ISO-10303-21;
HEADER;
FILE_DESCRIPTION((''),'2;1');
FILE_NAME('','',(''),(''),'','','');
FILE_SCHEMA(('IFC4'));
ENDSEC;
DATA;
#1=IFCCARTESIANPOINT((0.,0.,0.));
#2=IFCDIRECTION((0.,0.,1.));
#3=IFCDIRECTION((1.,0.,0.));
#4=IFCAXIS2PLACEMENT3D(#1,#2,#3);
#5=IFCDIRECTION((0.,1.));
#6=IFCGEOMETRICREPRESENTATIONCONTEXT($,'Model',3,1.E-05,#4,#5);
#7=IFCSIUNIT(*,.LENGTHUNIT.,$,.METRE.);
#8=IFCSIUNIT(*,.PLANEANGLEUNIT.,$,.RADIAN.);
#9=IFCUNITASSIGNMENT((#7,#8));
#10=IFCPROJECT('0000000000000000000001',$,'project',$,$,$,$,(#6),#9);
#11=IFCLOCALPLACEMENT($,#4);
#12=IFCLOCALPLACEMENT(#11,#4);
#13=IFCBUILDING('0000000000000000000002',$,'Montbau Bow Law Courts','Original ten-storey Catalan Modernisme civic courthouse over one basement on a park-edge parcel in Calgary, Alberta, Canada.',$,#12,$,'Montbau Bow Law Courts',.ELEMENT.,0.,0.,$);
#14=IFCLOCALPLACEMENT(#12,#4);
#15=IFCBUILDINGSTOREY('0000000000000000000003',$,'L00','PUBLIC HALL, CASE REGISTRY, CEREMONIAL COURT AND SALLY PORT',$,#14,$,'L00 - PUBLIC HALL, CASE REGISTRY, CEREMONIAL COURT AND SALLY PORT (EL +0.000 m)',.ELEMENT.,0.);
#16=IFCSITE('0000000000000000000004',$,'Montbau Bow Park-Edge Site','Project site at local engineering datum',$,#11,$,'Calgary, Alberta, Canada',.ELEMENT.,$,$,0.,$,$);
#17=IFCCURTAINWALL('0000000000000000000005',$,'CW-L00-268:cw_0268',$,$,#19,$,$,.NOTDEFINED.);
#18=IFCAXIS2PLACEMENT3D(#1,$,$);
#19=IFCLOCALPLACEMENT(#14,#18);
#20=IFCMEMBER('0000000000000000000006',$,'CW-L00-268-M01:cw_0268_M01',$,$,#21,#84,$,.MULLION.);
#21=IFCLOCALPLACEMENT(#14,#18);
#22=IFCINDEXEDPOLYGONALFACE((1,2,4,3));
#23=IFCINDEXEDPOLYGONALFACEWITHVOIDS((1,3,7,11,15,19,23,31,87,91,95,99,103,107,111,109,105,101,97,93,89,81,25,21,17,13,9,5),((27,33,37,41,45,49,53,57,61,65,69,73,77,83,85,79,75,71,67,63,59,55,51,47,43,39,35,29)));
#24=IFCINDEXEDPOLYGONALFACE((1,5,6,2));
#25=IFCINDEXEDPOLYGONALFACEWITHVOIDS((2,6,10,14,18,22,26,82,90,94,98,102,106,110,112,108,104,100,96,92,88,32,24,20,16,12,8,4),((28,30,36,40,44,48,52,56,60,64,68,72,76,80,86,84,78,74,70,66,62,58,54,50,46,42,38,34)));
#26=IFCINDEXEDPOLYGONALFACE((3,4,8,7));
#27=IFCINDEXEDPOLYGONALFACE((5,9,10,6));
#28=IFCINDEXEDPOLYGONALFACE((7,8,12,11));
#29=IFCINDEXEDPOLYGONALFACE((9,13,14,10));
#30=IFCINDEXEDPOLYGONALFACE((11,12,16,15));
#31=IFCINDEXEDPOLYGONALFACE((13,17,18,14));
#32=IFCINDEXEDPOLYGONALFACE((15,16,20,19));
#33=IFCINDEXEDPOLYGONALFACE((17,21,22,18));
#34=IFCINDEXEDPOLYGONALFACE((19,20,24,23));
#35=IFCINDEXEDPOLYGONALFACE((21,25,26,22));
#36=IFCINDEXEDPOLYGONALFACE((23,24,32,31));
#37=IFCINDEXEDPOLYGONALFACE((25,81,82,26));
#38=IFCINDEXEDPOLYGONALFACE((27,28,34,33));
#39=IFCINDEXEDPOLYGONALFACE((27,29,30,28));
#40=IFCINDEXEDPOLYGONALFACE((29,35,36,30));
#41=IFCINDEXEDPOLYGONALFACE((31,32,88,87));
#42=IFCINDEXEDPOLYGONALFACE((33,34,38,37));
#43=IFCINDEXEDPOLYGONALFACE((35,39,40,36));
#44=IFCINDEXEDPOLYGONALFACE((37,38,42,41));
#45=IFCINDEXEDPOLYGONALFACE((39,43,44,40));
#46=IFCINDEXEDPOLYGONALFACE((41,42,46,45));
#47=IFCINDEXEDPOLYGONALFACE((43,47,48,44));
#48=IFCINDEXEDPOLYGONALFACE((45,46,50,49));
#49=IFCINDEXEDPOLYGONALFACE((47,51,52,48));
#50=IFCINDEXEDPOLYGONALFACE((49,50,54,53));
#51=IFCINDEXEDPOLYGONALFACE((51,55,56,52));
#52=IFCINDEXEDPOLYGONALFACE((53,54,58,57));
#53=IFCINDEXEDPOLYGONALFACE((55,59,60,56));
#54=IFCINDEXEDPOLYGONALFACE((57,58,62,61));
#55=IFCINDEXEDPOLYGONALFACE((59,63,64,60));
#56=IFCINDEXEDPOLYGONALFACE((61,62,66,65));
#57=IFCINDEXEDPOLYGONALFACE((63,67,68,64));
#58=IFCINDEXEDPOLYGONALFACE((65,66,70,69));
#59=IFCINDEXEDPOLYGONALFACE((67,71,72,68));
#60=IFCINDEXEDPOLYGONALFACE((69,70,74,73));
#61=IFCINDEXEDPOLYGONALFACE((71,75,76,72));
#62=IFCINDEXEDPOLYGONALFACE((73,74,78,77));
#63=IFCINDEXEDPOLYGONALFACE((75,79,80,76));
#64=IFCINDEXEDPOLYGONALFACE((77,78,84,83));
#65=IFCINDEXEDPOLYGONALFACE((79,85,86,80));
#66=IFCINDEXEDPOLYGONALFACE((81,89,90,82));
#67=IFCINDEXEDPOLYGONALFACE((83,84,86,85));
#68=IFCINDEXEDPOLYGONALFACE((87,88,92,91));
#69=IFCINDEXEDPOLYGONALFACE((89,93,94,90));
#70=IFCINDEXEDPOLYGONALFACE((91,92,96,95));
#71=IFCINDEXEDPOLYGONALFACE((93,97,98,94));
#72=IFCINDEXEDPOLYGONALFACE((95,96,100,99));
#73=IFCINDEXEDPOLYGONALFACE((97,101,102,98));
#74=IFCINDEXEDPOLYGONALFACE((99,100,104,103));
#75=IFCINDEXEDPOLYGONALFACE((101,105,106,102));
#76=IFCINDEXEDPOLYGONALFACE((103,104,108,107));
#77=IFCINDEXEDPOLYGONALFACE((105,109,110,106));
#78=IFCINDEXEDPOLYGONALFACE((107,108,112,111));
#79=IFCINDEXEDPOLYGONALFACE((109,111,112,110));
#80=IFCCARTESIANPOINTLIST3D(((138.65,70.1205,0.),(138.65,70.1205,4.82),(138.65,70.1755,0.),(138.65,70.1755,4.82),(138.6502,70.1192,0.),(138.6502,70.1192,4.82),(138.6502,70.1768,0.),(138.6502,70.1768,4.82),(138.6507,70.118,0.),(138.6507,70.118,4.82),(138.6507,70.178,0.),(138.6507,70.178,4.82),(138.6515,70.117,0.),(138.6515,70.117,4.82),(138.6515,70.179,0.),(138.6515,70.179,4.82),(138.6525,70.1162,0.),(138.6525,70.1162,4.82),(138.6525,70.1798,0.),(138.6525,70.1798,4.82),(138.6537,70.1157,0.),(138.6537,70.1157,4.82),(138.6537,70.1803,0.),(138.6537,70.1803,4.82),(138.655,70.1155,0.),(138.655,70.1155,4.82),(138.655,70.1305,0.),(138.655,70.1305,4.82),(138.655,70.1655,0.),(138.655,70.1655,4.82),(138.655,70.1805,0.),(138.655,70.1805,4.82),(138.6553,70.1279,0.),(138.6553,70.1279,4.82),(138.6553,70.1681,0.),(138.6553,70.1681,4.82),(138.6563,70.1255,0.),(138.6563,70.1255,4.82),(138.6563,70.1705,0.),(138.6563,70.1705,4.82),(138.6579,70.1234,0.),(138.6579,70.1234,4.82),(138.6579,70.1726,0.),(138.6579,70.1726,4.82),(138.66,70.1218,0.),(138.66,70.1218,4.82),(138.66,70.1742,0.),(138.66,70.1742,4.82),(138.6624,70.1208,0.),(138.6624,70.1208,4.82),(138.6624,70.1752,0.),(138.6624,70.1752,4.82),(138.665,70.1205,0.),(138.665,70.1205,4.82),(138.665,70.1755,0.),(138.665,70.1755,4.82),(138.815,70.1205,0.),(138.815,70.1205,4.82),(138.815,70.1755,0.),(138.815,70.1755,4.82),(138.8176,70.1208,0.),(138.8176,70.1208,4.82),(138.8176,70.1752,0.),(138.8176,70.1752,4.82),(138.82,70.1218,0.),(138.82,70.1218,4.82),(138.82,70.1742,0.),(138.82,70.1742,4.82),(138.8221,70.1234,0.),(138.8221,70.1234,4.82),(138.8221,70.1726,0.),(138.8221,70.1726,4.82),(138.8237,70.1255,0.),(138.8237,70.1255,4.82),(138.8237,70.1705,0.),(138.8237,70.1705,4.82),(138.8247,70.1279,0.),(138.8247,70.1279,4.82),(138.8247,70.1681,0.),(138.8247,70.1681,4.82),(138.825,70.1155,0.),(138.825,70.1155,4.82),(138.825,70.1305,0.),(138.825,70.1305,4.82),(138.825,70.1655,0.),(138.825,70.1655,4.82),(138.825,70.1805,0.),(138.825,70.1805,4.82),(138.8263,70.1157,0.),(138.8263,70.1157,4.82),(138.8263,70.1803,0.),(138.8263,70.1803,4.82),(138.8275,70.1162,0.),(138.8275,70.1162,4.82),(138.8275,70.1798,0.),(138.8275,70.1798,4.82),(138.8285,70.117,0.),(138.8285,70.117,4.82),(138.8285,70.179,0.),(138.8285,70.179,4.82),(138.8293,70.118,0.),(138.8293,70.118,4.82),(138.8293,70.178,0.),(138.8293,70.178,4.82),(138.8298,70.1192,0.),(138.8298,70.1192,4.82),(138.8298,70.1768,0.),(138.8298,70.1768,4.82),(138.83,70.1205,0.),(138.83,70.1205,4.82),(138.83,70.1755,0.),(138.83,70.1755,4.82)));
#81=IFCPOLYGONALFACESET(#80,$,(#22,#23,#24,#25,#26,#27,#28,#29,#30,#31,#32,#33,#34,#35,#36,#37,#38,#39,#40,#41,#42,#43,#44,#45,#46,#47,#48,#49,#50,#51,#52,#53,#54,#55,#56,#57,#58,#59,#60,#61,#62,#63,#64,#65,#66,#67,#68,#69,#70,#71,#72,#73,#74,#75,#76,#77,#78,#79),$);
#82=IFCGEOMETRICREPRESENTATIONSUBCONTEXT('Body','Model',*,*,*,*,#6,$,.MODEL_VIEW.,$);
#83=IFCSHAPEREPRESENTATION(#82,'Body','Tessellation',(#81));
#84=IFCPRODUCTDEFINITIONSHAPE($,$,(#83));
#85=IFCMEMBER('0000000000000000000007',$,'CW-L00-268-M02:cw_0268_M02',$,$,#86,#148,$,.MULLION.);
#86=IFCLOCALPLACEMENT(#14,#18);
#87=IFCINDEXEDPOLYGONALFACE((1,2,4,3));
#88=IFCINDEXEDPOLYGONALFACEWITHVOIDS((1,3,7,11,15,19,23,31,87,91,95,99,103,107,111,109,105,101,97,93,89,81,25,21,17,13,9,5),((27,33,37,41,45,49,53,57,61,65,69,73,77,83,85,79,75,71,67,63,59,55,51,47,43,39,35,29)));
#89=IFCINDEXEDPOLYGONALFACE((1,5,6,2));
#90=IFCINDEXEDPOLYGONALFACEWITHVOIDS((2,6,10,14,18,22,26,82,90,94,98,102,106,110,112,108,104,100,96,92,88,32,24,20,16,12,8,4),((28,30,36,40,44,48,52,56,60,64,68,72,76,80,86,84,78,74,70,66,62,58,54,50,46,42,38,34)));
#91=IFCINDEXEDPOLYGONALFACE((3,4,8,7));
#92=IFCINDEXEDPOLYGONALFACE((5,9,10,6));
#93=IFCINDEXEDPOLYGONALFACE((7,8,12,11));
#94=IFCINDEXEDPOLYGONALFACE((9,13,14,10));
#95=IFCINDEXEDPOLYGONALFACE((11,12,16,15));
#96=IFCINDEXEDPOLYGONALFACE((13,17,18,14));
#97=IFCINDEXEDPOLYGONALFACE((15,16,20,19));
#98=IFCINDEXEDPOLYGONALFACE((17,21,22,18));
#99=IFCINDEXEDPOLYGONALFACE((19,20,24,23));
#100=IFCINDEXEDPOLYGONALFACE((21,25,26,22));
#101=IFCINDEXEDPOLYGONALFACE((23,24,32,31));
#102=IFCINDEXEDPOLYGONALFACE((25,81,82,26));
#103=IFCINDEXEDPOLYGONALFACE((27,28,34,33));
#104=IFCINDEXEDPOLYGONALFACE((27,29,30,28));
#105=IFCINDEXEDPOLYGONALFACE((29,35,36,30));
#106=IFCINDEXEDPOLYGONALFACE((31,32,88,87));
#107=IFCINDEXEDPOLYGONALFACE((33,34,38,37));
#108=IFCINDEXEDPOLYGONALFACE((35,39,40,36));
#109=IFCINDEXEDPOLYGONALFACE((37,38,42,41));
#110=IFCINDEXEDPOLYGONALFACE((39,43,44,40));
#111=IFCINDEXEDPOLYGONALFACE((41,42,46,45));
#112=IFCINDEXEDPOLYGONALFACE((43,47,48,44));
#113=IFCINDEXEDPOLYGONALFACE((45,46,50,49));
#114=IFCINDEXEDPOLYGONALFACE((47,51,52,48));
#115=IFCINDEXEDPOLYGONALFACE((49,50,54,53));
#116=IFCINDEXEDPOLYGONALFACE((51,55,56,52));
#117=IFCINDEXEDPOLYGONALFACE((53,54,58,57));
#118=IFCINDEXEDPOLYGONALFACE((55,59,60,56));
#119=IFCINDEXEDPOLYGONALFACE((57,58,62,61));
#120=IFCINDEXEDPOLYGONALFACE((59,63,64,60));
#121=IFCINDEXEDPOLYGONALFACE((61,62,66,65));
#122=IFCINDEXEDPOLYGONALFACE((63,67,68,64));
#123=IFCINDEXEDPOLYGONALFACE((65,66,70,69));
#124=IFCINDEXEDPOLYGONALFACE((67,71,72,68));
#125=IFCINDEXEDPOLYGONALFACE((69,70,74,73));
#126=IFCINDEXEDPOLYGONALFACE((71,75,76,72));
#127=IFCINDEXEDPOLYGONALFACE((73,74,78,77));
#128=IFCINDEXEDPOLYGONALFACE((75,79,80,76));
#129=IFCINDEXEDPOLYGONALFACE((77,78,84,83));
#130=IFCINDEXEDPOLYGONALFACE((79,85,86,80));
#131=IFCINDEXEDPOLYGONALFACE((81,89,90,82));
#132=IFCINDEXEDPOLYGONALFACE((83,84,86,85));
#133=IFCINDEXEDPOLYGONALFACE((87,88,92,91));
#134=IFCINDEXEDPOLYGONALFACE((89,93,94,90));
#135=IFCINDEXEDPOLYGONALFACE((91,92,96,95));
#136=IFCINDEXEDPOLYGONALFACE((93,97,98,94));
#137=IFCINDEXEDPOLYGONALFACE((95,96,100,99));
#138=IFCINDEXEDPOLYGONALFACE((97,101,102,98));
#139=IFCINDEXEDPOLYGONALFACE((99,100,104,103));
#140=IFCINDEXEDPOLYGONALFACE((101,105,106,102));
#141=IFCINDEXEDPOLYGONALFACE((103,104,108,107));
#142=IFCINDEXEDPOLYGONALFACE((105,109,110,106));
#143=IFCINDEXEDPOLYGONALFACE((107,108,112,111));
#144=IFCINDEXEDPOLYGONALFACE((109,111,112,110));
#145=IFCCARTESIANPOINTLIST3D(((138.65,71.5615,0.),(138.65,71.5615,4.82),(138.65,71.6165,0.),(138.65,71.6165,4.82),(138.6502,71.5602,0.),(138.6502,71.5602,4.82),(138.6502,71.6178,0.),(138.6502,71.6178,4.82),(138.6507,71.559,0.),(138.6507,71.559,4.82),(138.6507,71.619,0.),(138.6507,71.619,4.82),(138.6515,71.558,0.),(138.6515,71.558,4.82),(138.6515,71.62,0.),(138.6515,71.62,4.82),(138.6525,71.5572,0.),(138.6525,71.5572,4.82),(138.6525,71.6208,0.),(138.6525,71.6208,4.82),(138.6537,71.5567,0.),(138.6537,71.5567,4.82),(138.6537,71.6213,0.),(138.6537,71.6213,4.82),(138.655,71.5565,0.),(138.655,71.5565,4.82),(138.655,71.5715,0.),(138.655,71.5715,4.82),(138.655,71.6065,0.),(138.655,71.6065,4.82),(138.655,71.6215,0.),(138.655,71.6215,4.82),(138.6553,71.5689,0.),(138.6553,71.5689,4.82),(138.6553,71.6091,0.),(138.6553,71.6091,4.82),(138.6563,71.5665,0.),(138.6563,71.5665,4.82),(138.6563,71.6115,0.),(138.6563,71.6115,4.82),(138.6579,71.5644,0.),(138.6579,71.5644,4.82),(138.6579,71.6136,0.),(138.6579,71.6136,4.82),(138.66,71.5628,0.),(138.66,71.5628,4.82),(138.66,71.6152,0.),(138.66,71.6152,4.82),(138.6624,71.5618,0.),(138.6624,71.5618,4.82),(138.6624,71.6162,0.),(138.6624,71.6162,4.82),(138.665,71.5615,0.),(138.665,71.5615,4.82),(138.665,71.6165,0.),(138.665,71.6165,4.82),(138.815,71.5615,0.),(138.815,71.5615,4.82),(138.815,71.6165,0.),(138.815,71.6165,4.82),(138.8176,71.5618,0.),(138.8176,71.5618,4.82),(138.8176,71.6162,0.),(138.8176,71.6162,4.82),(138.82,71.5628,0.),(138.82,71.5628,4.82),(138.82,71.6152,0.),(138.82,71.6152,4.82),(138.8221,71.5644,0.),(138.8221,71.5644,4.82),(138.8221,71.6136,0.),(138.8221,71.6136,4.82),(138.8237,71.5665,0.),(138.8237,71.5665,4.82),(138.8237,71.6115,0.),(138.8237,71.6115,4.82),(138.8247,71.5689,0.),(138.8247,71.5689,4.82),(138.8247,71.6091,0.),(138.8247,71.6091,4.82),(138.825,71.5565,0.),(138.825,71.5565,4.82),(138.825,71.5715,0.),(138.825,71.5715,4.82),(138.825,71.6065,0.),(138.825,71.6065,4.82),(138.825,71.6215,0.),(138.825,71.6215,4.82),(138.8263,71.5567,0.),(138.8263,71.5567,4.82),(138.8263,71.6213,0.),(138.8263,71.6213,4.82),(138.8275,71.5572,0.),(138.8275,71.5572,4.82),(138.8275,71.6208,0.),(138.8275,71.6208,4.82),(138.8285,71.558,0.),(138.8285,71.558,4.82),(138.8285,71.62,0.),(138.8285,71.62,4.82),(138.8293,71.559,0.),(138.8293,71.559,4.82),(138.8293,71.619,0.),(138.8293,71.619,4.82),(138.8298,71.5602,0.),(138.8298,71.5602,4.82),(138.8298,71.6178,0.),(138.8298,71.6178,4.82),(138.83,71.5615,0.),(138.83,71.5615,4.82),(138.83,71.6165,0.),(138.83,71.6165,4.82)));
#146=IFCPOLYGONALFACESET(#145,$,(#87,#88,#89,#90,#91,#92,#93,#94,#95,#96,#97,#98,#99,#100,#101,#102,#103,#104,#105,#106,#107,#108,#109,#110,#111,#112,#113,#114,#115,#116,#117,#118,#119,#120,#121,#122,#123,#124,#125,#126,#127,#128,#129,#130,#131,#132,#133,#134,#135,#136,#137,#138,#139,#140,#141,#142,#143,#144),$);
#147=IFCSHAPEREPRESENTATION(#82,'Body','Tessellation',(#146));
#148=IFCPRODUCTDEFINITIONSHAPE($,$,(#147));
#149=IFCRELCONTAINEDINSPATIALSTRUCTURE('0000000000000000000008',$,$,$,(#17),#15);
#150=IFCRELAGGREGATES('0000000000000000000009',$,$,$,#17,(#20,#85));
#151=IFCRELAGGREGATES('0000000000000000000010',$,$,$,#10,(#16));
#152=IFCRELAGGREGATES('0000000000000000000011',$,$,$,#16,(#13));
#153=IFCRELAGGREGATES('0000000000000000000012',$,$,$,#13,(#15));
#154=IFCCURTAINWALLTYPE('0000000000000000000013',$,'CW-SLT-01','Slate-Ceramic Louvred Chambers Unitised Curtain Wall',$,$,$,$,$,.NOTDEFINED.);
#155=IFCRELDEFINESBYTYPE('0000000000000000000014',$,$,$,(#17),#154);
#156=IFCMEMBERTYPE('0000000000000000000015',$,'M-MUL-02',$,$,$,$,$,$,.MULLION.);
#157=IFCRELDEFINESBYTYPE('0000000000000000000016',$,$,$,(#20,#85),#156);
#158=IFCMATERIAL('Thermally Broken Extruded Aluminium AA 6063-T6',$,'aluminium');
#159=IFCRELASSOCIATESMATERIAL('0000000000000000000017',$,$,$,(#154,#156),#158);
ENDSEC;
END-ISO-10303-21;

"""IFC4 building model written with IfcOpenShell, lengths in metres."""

from ifc_helpers import new_model, si_unit, direction, frame, origin_with_axes, origin_2d_with_axis, place, context, subcontext, project, spatial, hollow_rectangle, extrude, material, material_profile, profile_set, type_object, element, aggregate, save


model = new_model("IFC4")

# Units and contexts
model_context = context("Model", 3, precision=1e-05, world=origin_with_axes(), true_north=direction((0.0, 1.0)))
body_context = subcontext(model_context, "Body", "Model", "MODEL_VIEW")
ifc_project = project(units=[si_unit("LENGTHUNIT", "METRE"), si_unit("PLANEANGLEUNIT", "RADIAN")], contexts=[model_context])

# Site, building, storey
site_placement = place(None, origin_with_axes())
site = spatial("IfcSite", under=ifc_project, at=site_placement, Name="Montbau Bow Park-Edge Site", Description="Project site at local engineering datum", LongName="Calgary, Alberta, Canada", CompositionType="ELEMENT", RefElevation=0.0)
building_placement = place(site_placement, origin_with_axes())
building = spatial("IfcBuilding", under=site, at=building_placement, Name="Montbau Bow Law Courts", Description="Original ten-storey Catalan Modernisme civic courthouse over one basement on a park-edge parcel in Calgary, Alberta, Canada.", LongName="Montbau Bow Law Courts", CompositionType="ELEMENT", ElevationOfRefHeight=0.0, ElevationOfTerrain=0.0)
storey_placement = place(building_placement, origin_with_axes())
storey = spatial("IfcBuildingStorey", under=building, at=storey_placement, Name="L00", Description="PUBLIC HALL, CASE REGISTRY, CEREMONIAL COURT AND SALLY PORT", LongName="L00 - PUBLIC HALL, CASE REGISTRY, CEREMONIAL COURT AND SALLY PORT (EL +0.000 m)", CompositionType="ELEMENT", Elevation=0.0)

# Curtain wall, members
ifc_material_1 = material(Name="Thermally Broken Extruded Aluminium AA 6063-T6", Category="aluminium")
curtain_wall_type = type_object("IfcCurtainWallType", Name="CW-SLT-01", Description="Slate-Ceramic Louvred Chambers Unitised Curtain Wall", PredefinedType="NOTDEFINED", material=ifc_material_1)
curtain_wall_1_placement = place(None, frame((138.74, 70.115, 0.0), z_axis=(0.0, 0.0, 1.0), x_axis=(1.0, 0.0, 0.0)))
curtain_wall_1 = element("IfcCurtainWall", 1, at=curtain_wall_1_placement, inside=storey, type_object=curtain_wall_type, Name="CW-L00-268:cw_0268", PredefinedType="NOTDEFINED")
ifc_material_profile_1 = material_profile(ifc_material_1, hollow_rectangle(XDim=0.065, YDim=0.18, WallThickness=0.005, InnerFilletRadius=0.01, OuterFilletRadius=0.005, at=origin_2d_with_axis()), Name="CWM-180X65", Category="Main", Priority=0)
ifc_profile_set_1 = profile_set([ifc_material_profile_1], Name="Thermally Broken Extruded Aluminium AA 6063-T6")
member_type_1 = type_object("IfcMemberType", Name="M-MUL-02", PredefinedType="MULLION", material=ifc_profile_set_1)
member_1_placement = place(None, frame((138.74, 70.148, 0.0), z_axis=(0.0, 0.0, 1.0), x_axis=(0.0, 1.0, 0.0)))
member_1 = element("IfcMember", 2, at=member_1_placement, type_object=member_type_1, Name="CW-L00-268-M01:cw_0268_M01", PredefinedType="MULLION", context=body_context, shape_type="SweptSolid", body=[
    extrude(hollow_rectangle(XDim=0.065, YDim=0.18, WallThickness=0.005, InnerFilletRadius=0.01, OuterFilletRadius=0.005, at=origin_2d_with_axis()), origin_with_axes(), (0.0, 0.0, 1.0), 4.82),
])
member_2_placement = place(None, frame((138.74, 71.589, 0.0), z_axis=(0.0, 0.0, 1.0), x_axis=(0.0, 1.0, 0.0)))
member_2 = element("IfcMember", 3, at=member_2_placement, type_object=member_type_1, Name="CW-L00-268-M02:cw_0268_M02", PredefinedType="MULLION", context=body_context, shape_type="SweptSolid", body=[
    extrude(hollow_rectangle(XDim=0.065, YDim=0.18, WallThickness=0.005, InnerFilletRadius=0.01, OuterFilletRadius=0.005, at=origin_2d_with_axis()), origin_with_axes(), (0.0, 0.0, 1.0), 4.82),
])

aggregate(curtain_wall_1, [member_1, member_2])

save(model, "model.ifc")
